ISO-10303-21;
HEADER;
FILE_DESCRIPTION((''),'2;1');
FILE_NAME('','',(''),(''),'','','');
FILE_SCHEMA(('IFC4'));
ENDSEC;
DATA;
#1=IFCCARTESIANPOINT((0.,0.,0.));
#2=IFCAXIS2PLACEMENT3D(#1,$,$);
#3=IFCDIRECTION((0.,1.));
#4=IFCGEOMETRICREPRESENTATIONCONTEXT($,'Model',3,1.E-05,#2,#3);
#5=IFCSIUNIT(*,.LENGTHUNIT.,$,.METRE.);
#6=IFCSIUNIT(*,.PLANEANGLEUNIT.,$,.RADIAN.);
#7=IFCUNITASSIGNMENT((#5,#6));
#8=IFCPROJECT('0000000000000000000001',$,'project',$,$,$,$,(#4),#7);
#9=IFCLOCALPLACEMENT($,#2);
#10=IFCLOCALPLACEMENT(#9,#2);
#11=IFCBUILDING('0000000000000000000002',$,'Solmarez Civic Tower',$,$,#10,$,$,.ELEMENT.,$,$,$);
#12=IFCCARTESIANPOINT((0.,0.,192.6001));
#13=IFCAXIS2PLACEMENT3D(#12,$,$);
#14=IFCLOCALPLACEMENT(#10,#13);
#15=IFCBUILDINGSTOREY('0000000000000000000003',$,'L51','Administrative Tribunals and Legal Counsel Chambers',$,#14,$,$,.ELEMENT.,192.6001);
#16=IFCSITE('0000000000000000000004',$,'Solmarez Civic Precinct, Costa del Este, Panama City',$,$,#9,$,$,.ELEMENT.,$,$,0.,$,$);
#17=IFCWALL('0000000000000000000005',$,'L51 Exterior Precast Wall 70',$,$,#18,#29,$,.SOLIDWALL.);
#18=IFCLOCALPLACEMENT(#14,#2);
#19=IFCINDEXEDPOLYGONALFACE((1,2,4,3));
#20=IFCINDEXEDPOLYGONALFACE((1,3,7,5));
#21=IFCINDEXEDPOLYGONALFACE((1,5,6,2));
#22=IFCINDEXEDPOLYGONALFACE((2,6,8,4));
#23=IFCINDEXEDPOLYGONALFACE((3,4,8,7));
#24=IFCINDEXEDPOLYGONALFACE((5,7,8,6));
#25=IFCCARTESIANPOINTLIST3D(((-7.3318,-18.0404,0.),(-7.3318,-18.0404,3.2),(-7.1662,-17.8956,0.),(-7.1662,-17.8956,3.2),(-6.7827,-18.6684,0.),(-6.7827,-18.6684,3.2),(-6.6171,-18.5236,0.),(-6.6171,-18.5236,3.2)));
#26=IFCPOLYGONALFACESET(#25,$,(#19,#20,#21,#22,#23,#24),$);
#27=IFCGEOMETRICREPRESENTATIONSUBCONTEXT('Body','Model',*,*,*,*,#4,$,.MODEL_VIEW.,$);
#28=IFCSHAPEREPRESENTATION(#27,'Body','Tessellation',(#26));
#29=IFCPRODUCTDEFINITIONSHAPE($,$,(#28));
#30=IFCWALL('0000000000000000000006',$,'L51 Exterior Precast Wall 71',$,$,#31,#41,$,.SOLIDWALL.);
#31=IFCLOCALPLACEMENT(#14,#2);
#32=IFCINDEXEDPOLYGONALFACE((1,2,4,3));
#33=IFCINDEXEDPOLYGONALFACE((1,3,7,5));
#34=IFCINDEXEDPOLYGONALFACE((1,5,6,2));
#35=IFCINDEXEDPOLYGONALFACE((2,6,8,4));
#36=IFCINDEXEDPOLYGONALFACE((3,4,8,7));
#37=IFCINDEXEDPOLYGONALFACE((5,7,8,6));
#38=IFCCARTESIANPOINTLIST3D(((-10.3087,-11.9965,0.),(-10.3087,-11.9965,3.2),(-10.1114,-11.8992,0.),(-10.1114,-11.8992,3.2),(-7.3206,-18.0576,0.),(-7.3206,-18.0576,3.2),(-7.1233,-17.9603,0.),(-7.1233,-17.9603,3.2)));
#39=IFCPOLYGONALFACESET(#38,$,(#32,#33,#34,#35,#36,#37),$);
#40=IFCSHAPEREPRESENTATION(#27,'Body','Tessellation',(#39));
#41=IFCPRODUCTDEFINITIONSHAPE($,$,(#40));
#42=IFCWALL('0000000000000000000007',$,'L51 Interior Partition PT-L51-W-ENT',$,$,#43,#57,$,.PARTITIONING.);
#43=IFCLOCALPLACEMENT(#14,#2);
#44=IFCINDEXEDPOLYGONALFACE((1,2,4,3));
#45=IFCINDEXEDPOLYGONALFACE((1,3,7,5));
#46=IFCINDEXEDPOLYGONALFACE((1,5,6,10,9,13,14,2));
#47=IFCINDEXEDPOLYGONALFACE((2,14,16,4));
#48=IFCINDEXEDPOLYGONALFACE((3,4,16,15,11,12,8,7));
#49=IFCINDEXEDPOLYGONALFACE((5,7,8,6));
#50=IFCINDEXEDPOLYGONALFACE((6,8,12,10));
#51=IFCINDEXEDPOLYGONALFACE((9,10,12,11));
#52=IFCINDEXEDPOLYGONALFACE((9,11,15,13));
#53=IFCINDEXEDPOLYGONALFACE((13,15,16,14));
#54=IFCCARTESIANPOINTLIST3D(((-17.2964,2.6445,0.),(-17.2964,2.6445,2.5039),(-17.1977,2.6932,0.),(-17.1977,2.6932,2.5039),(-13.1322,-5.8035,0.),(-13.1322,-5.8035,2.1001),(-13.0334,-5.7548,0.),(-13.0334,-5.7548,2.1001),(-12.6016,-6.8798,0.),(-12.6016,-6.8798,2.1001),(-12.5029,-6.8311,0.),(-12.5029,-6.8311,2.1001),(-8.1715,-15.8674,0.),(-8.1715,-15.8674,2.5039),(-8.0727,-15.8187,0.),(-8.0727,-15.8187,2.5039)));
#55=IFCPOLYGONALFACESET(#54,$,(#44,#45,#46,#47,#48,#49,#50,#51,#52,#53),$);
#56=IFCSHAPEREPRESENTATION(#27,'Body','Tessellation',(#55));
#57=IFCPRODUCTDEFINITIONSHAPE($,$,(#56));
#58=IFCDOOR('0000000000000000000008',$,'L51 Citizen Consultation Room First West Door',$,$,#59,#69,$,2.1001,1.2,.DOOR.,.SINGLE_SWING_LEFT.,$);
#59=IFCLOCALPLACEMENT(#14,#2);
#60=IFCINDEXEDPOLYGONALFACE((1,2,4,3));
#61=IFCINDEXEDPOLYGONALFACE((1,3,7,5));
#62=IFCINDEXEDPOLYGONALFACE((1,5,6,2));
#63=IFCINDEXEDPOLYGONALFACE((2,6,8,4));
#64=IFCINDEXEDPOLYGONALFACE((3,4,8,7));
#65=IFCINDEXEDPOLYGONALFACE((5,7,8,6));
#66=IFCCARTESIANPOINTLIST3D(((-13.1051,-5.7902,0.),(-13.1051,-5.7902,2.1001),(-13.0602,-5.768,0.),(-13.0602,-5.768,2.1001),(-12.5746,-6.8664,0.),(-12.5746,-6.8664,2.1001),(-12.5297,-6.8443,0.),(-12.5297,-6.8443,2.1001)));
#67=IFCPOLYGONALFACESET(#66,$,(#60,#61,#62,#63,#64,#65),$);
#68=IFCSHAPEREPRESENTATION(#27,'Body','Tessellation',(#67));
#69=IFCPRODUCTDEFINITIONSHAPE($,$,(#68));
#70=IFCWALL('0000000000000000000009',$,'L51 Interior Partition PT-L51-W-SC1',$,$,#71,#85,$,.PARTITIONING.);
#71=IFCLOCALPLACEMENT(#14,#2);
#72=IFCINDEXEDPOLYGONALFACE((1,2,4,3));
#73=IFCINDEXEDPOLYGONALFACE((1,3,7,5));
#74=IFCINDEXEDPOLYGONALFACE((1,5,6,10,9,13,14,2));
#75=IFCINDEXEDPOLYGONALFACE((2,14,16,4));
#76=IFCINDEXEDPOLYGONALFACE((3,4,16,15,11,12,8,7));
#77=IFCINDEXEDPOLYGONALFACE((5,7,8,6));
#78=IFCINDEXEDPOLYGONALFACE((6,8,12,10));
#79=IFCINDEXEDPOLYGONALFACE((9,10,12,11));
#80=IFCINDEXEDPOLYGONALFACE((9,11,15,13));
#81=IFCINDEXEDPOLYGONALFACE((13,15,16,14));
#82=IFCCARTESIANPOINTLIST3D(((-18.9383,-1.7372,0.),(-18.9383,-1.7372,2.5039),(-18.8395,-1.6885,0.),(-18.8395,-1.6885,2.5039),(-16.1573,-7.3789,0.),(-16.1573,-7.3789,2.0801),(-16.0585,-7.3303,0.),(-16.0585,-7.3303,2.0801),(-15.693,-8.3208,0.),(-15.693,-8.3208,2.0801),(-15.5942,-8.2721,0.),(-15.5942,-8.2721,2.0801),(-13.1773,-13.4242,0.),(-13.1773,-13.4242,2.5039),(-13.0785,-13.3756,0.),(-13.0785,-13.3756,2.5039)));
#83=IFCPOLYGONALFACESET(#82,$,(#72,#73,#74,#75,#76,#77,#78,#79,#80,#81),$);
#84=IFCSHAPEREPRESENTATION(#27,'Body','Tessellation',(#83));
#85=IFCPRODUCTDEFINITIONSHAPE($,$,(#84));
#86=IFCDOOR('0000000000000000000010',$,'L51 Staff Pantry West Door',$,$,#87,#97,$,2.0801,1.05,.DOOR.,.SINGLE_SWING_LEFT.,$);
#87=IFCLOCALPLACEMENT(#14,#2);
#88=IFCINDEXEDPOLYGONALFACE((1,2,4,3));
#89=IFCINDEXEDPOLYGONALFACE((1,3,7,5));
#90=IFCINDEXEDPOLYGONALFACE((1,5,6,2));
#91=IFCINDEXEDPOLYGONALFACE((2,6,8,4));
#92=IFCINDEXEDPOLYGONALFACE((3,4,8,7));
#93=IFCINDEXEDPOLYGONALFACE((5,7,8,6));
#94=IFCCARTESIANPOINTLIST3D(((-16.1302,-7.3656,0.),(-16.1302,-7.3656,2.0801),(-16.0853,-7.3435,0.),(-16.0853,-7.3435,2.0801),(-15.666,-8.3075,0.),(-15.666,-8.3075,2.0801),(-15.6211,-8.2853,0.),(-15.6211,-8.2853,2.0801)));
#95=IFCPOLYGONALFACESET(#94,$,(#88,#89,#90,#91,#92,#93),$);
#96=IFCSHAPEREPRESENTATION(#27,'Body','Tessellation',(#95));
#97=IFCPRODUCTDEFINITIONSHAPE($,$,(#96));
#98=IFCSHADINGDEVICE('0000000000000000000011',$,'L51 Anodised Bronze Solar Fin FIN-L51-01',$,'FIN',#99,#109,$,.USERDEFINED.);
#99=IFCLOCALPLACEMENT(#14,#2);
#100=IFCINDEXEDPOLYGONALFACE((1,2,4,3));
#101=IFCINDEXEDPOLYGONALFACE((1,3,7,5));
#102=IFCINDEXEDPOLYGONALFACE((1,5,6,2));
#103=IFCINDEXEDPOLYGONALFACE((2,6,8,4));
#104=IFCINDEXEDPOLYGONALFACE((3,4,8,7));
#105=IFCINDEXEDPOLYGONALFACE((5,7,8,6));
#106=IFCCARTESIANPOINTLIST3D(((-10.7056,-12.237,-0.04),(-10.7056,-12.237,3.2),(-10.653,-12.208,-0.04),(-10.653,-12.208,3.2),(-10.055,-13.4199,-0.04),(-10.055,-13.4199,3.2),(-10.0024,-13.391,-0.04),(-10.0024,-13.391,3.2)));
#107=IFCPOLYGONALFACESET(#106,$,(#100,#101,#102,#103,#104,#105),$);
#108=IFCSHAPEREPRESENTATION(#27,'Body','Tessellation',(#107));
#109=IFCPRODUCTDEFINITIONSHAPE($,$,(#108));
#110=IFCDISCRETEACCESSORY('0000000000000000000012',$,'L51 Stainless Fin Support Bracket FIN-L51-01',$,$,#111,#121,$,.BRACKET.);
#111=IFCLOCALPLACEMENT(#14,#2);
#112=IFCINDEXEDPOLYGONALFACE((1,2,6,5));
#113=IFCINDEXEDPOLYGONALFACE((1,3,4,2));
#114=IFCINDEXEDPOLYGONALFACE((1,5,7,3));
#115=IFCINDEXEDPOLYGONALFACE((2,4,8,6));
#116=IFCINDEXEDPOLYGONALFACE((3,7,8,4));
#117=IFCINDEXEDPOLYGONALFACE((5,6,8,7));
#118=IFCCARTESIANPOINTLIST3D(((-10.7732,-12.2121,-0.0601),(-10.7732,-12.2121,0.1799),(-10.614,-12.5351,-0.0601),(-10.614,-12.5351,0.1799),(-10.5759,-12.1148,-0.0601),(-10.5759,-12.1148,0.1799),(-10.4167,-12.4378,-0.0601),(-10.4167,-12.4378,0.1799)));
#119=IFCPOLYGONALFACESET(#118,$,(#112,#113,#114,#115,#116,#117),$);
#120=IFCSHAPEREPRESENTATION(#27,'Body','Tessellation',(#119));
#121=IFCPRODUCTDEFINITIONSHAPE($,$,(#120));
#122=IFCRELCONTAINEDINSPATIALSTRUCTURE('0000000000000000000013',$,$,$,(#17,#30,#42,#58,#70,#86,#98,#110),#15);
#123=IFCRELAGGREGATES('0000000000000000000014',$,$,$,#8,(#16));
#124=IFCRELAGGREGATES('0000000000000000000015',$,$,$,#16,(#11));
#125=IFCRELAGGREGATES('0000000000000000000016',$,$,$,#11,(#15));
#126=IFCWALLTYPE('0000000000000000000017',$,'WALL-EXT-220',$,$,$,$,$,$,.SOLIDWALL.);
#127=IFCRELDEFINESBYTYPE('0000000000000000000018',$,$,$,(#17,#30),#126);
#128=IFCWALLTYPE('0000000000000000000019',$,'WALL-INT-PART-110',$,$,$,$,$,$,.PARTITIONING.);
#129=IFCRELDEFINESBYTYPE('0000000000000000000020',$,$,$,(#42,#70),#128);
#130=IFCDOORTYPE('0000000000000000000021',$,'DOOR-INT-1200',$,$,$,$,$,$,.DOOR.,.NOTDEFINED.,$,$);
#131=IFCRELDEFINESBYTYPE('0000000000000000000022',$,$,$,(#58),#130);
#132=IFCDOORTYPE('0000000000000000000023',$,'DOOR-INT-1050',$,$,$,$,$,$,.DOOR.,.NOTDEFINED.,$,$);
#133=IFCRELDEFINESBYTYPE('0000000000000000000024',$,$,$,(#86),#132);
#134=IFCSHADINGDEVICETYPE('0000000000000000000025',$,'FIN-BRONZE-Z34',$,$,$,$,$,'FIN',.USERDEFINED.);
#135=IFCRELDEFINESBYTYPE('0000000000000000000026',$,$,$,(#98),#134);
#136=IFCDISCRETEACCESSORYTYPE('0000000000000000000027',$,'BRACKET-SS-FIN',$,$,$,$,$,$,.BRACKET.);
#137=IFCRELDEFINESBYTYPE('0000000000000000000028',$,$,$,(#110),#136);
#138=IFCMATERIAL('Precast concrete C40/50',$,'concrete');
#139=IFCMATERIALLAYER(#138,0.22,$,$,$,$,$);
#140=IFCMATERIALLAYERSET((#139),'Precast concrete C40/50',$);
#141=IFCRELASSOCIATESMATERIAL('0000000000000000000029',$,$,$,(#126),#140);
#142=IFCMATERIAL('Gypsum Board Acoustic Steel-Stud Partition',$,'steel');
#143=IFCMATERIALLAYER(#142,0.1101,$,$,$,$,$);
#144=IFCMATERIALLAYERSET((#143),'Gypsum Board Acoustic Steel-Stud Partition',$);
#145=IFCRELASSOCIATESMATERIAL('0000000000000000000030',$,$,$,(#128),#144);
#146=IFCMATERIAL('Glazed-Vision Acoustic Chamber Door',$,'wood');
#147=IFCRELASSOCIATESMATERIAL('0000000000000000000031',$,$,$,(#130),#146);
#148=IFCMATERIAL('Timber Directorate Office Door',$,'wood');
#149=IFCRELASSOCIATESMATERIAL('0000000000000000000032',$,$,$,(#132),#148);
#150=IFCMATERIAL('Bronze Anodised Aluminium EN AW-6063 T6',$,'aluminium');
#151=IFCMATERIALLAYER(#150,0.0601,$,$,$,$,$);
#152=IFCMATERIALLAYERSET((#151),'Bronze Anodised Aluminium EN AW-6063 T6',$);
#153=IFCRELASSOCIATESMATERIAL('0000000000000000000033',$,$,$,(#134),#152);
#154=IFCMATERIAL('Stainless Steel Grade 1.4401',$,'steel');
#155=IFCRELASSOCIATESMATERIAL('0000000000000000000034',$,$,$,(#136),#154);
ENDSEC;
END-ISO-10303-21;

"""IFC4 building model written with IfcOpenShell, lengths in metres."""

from ifc_helpers import new_model, si_unit, direction, frame, frame_2d, origin, origin_2d, place, context, subcontext, project, spatial, rectangle, extrude, material, layer, layer_set, type_object, element, fill, save


model = new_model("IFC4")

# Units and contexts
model_context = context("Model", 3, precision=1e-05, world=origin(), true_north=direction((0.0, 1.0)))
body_context = subcontext(model_context, "Body", "Model", "MODEL_VIEW")
ifc_project = project(units=[si_unit("LENGTHUNIT", "METRE"), si_unit("PLANEANGLEUNIT", "RADIAN")], contexts=[model_context])

# Site, building, storey
site_placement = place(None, origin())
site = spatial("IfcSite", under=ifc_project, at=site_placement, Name="Solmarez Civic Precinct, Costa del Este, Panama City", CompositionType="ELEMENT", RefElevation=0.0)
building_placement = place(site_placement, origin())
building = spatial("IfcBuilding", under=site, at=building_placement, Name="Solmarez Civic Tower", CompositionType="ELEMENT")
storey_placement = place(building_placement, frame((0.0, 0.0, 192.6001)))
storey = spatial("IfcBuildingStorey", under=building, at=storey_placement, Name="L51", Description="Administrative Tribunals and Legal Counsel Chambers", CompositionType="ELEMENT", Elevation=192.6001)

# Shared definitions
ifc_material_1 = material(Name="Precast concrete C40/50", Category="concrete")
ifc_layer_1 = layer(ifc_material_1, 0.22)
ifc_layer_set_1 = layer_set([ifc_layer_1], Name="Precast concrete C40/50")
wall_type_1 = type_object("IfcWallType", Name="WALL-EXT-220", PredefinedType="SOLIDWALL", material=ifc_layer_set_1)

# Walls
wall_1_placement = place(storey_placement, frame((-6.7, -18.5959, 0.0), z_axis=(0.0, 0.0, 1.0), x_axis=(-0.658256, 0.752794, 0.0)))
element("IfcWall", 1, at=wall_1_placement, inside=storey, type_object=wall_type_1, Name="L51 Exterior Precast Wall 70", PredefinedType="SOLIDWALL", context=body_context, shape_type="SweptSolid", body=[
    extrude(rectangle(XDim=0.8342, YDim=0.22, at=frame_2d((0.417, 0.0))), origin(), (0.0, 0.0, 1.0), 3.2),
])
wall_2_placement = place(storey_placement, frame((-7.2219, -18.009, 0.0), z_axis=(0.0, 0.0, 1.0), x_axis=(-0.442177, 0.896928, 0.0)))
element("IfcWall", 2, at=wall_2_placement, inside=storey, type_object=wall_type_1, Name="L51 Exterior Precast Wall 71", PredefinedType="SOLIDWALL", context=body_context, shape_type="SweptSolid", body=[
    extrude(rectangle(XDim=6.7576, YDim=0.22, at=frame_2d((3.3789, 0.0))), origin(), (0.0, 0.0, 1.0), 3.2),
])

# Walls, openings, doors
ifc_material_2 = material(Name="Gypsum Board Acoustic Steel-Stud Partition", Category="steel")
ifc_layer_2 = layer(ifc_material_2, 0.1101)
ifc_layer_set_2 = layer_set([ifc_layer_2], Name="Gypsum Board Acoustic Steel-Stud Partition")
wall_type_2 = type_object("IfcWallType", Name="WALL-INT-PART-110", PredefinedType="PARTITIONING", material=ifc_layer_set_2)
wall_3_placement = place(storey_placement, frame((-8.1221, -15.843, 0.0), z_axis=(0.0, 0.0, 1.0), x_axis=(-0.442129, 0.896951, 0.0)))
wall_3 = element("IfcWall", 3, at=wall_3_placement, inside=storey, type_object=wall_type_2, Name="L51 Interior Partition PT-L51-W-ENT", PredefinedType="PARTITIONING", context=body_context, shape_type="SweptSolid", body=[
    extrude(rectangle(XDim=20.6387, YDim=0.1101, at=frame_2d((10.3193, 0.0))), origin(), (0.0, 0.0, 1.0), 2.5039),
])
opening_1_placement = place(wall_3_placement, frame((10.02, 0.0, 0.0)))
opening_1 = element("IfcOpeningElement", 4, at=opening_1_placement, cuts=wall_3, PredefinedType="OPENING", context=body_context, shape_type="SweptSolid", body=[
    extrude(rectangle(XDim=1.2, YDim=2.1001, at=frame_2d((0.6001, 1.05))), frame((0.0, 0.0649, 0.0), z_axis=(0.0, -1.0, 0.0), x_axis=(1.0, 0.0, 0.0)), (0.0, 0.0, 1.0), 0.1301),
])
ifc_material_3 = material(Name="Glazed-Vision Acoustic Chamber Door", Category="wood")
door_type_1 = type_object("IfcDoorType", Name="DOOR-INT-1200", OperationType="NOTDEFINED", PredefinedType="DOOR", material=ifc_material_3)
door_1_placement = place(opening_1_placement, origin())
door_1 = element("IfcDoor", 5, at=door_1_placement, inside=storey, type_object=door_type_1, Name="L51 Citizen Consultation Room First West Door", OperationType="SINGLE_SWING_LEFT", OverallHeight=2.1001, OverallWidth=1.2, PredefinedType="DOOR", context=body_context, shape_type="SweptSolid", body=[
    extrude(rectangle(XDim=1.2, YDim=2.1001, at=frame_2d((0.6001, 1.05))), frame((0.0, 0.0249, 0.0), z_axis=(0.0, -1.0, 0.0), x_axis=(1.0, 0.0, 0.0)), (0.0, 0.0, 1.0), 0.05),
])
fill(opening_1, door_1)
wall_4_placement = place(storey_placement, frame((-13.1279, -13.3999, 0.0), z_axis=(0.0, 0.0, 1.0), x_axis=(-0.44214, 0.896946, 0.0)))
wall_4 = element("IfcWall", 6, at=wall_4_placement, inside=storey, type_object=wall_type_2, Name="L51 Interior Partition PT-L51-W-SC1", PredefinedType="PARTITIONING", context=body_context, shape_type="SweptSolid", body=[
    extrude(rectangle(XDim=13.0298, YDim=0.1101, at=frame_2d((6.5149, 0.0))), origin(), (0.0, 0.0, 1.0), 2.5039),
])
opening_2_placement = place(wall_4_placement, frame((5.6899, 0.0, 0.0)))
opening_2 = element("IfcOpeningElement", 7, at=opening_2_placement, cuts=wall_4, PredefinedType="OPENING", context=body_context, shape_type="SweptSolid", body=[
    extrude(rectangle(XDim=1.05, YDim=2.0801, at=frame_2d((0.5249, 1.04))), frame((0.0, 0.0649, 0.0), z_axis=(0.0, -1.0, 0.0), x_axis=(1.0, 0.0, 0.0)), (0.0, 0.0, 1.0), 0.1301),
])
ifc_material_4 = material(Name="Timber Directorate Office Door", Category="wood")
door_type_2 = type_object("IfcDoorType", Name="DOOR-INT-1050", OperationType="NOTDEFINED", PredefinedType="DOOR", material=ifc_material_4)
door_2_placement = place(opening_2_placement, origin())
door_2 = element("IfcDoor", 8, at=door_2_placement, inside=storey, type_object=door_type_2, Name="L51 Staff Pantry West Door", OperationType="SINGLE_SWING_LEFT", OverallHeight=2.0801, OverallWidth=1.05, PredefinedType="DOOR", context=body_context, shape_type="SweptSolid", body=[
    extrude(rectangle(XDim=1.05, YDim=2.0801, at=frame_2d((0.5249, 1.04))), frame((0.0, 0.0249, 0.0), z_axis=(0.0, -1.0, 0.0), x_axis=(1.0, 0.0, 0.0)), (0.0, 0.0, 1.0), 0.05),
])
fill(opening_2, door_2)

# Shading device
ifc_material_5 = material(Name="Bronze Anodised Aluminium EN AW-6063 T6", Category="aluminium")
ifc_layer_3 = layer(ifc_material_5, 0.0601)
ifc_layer_set_3 = layer_set([ifc_layer_3], Name="Bronze Anodised Aluminium EN AW-6063 T6")
shading_device_type = type_object("IfcShadingDeviceType", Name="FIN-BRONZE-Z34", ElementType="FIN", PredefinedType="USERDEFINED", material=ifc_layer_set_3)
shading_device_placement = place(storey_placement, frame((-10.354, -12.814, -0.04), z_axis=(0.0, 0.0, 1.0), x_axis=(0.481937, -0.876206, 0.0)))
element("IfcShadingDevice", 9, at=shading_device_placement, inside=storey, type_object=shading_device_type, Name="L51 Anodised Bronze Solar Fin FIN-L51-01", ObjectType="FIN", PredefinedType="USERDEFINED", context=body_context, shape_type="SweptSolid", body=[
    extrude(rectangle(XDim=1.3501, YDim=0.0601, at=origin_2d()), origin(), (0.0, 0.0, 1.0), 3.24),
])

# Discrete accessory
ifc_material_6 = material(Name="Stainless Steel Grade 1.4401", Category="steel")
discrete_accessory_type = type_object("IfcDiscreteAccessoryType", Name="BRACKET-SS-FIN", PredefinedType="BRACKET", material=ifc_material_6)
discrete_accessory_placement = place(storey_placement, frame((-10.595, -12.325, -0.0601), z_axis=(0.0, 0.0, 1.0), x_axis=(0.442019, -0.897006, 0.0)))
element("IfcDiscreteAccessory", 10, at=discrete_accessory_placement, inside=storey, type_object=discrete_accessory_type, Name="L51 Stainless Fin Support Bracket FIN-L51-01", PredefinedType="BRACKET", context=body_context, shape_type="SweptSolid", body=[
    extrude(rectangle(XDim=0.3601, YDim=0.22, at=origin_2d()), origin(), (0.0, 0.0, 1.0), 0.24),
])

save(model, "model.ifc")
